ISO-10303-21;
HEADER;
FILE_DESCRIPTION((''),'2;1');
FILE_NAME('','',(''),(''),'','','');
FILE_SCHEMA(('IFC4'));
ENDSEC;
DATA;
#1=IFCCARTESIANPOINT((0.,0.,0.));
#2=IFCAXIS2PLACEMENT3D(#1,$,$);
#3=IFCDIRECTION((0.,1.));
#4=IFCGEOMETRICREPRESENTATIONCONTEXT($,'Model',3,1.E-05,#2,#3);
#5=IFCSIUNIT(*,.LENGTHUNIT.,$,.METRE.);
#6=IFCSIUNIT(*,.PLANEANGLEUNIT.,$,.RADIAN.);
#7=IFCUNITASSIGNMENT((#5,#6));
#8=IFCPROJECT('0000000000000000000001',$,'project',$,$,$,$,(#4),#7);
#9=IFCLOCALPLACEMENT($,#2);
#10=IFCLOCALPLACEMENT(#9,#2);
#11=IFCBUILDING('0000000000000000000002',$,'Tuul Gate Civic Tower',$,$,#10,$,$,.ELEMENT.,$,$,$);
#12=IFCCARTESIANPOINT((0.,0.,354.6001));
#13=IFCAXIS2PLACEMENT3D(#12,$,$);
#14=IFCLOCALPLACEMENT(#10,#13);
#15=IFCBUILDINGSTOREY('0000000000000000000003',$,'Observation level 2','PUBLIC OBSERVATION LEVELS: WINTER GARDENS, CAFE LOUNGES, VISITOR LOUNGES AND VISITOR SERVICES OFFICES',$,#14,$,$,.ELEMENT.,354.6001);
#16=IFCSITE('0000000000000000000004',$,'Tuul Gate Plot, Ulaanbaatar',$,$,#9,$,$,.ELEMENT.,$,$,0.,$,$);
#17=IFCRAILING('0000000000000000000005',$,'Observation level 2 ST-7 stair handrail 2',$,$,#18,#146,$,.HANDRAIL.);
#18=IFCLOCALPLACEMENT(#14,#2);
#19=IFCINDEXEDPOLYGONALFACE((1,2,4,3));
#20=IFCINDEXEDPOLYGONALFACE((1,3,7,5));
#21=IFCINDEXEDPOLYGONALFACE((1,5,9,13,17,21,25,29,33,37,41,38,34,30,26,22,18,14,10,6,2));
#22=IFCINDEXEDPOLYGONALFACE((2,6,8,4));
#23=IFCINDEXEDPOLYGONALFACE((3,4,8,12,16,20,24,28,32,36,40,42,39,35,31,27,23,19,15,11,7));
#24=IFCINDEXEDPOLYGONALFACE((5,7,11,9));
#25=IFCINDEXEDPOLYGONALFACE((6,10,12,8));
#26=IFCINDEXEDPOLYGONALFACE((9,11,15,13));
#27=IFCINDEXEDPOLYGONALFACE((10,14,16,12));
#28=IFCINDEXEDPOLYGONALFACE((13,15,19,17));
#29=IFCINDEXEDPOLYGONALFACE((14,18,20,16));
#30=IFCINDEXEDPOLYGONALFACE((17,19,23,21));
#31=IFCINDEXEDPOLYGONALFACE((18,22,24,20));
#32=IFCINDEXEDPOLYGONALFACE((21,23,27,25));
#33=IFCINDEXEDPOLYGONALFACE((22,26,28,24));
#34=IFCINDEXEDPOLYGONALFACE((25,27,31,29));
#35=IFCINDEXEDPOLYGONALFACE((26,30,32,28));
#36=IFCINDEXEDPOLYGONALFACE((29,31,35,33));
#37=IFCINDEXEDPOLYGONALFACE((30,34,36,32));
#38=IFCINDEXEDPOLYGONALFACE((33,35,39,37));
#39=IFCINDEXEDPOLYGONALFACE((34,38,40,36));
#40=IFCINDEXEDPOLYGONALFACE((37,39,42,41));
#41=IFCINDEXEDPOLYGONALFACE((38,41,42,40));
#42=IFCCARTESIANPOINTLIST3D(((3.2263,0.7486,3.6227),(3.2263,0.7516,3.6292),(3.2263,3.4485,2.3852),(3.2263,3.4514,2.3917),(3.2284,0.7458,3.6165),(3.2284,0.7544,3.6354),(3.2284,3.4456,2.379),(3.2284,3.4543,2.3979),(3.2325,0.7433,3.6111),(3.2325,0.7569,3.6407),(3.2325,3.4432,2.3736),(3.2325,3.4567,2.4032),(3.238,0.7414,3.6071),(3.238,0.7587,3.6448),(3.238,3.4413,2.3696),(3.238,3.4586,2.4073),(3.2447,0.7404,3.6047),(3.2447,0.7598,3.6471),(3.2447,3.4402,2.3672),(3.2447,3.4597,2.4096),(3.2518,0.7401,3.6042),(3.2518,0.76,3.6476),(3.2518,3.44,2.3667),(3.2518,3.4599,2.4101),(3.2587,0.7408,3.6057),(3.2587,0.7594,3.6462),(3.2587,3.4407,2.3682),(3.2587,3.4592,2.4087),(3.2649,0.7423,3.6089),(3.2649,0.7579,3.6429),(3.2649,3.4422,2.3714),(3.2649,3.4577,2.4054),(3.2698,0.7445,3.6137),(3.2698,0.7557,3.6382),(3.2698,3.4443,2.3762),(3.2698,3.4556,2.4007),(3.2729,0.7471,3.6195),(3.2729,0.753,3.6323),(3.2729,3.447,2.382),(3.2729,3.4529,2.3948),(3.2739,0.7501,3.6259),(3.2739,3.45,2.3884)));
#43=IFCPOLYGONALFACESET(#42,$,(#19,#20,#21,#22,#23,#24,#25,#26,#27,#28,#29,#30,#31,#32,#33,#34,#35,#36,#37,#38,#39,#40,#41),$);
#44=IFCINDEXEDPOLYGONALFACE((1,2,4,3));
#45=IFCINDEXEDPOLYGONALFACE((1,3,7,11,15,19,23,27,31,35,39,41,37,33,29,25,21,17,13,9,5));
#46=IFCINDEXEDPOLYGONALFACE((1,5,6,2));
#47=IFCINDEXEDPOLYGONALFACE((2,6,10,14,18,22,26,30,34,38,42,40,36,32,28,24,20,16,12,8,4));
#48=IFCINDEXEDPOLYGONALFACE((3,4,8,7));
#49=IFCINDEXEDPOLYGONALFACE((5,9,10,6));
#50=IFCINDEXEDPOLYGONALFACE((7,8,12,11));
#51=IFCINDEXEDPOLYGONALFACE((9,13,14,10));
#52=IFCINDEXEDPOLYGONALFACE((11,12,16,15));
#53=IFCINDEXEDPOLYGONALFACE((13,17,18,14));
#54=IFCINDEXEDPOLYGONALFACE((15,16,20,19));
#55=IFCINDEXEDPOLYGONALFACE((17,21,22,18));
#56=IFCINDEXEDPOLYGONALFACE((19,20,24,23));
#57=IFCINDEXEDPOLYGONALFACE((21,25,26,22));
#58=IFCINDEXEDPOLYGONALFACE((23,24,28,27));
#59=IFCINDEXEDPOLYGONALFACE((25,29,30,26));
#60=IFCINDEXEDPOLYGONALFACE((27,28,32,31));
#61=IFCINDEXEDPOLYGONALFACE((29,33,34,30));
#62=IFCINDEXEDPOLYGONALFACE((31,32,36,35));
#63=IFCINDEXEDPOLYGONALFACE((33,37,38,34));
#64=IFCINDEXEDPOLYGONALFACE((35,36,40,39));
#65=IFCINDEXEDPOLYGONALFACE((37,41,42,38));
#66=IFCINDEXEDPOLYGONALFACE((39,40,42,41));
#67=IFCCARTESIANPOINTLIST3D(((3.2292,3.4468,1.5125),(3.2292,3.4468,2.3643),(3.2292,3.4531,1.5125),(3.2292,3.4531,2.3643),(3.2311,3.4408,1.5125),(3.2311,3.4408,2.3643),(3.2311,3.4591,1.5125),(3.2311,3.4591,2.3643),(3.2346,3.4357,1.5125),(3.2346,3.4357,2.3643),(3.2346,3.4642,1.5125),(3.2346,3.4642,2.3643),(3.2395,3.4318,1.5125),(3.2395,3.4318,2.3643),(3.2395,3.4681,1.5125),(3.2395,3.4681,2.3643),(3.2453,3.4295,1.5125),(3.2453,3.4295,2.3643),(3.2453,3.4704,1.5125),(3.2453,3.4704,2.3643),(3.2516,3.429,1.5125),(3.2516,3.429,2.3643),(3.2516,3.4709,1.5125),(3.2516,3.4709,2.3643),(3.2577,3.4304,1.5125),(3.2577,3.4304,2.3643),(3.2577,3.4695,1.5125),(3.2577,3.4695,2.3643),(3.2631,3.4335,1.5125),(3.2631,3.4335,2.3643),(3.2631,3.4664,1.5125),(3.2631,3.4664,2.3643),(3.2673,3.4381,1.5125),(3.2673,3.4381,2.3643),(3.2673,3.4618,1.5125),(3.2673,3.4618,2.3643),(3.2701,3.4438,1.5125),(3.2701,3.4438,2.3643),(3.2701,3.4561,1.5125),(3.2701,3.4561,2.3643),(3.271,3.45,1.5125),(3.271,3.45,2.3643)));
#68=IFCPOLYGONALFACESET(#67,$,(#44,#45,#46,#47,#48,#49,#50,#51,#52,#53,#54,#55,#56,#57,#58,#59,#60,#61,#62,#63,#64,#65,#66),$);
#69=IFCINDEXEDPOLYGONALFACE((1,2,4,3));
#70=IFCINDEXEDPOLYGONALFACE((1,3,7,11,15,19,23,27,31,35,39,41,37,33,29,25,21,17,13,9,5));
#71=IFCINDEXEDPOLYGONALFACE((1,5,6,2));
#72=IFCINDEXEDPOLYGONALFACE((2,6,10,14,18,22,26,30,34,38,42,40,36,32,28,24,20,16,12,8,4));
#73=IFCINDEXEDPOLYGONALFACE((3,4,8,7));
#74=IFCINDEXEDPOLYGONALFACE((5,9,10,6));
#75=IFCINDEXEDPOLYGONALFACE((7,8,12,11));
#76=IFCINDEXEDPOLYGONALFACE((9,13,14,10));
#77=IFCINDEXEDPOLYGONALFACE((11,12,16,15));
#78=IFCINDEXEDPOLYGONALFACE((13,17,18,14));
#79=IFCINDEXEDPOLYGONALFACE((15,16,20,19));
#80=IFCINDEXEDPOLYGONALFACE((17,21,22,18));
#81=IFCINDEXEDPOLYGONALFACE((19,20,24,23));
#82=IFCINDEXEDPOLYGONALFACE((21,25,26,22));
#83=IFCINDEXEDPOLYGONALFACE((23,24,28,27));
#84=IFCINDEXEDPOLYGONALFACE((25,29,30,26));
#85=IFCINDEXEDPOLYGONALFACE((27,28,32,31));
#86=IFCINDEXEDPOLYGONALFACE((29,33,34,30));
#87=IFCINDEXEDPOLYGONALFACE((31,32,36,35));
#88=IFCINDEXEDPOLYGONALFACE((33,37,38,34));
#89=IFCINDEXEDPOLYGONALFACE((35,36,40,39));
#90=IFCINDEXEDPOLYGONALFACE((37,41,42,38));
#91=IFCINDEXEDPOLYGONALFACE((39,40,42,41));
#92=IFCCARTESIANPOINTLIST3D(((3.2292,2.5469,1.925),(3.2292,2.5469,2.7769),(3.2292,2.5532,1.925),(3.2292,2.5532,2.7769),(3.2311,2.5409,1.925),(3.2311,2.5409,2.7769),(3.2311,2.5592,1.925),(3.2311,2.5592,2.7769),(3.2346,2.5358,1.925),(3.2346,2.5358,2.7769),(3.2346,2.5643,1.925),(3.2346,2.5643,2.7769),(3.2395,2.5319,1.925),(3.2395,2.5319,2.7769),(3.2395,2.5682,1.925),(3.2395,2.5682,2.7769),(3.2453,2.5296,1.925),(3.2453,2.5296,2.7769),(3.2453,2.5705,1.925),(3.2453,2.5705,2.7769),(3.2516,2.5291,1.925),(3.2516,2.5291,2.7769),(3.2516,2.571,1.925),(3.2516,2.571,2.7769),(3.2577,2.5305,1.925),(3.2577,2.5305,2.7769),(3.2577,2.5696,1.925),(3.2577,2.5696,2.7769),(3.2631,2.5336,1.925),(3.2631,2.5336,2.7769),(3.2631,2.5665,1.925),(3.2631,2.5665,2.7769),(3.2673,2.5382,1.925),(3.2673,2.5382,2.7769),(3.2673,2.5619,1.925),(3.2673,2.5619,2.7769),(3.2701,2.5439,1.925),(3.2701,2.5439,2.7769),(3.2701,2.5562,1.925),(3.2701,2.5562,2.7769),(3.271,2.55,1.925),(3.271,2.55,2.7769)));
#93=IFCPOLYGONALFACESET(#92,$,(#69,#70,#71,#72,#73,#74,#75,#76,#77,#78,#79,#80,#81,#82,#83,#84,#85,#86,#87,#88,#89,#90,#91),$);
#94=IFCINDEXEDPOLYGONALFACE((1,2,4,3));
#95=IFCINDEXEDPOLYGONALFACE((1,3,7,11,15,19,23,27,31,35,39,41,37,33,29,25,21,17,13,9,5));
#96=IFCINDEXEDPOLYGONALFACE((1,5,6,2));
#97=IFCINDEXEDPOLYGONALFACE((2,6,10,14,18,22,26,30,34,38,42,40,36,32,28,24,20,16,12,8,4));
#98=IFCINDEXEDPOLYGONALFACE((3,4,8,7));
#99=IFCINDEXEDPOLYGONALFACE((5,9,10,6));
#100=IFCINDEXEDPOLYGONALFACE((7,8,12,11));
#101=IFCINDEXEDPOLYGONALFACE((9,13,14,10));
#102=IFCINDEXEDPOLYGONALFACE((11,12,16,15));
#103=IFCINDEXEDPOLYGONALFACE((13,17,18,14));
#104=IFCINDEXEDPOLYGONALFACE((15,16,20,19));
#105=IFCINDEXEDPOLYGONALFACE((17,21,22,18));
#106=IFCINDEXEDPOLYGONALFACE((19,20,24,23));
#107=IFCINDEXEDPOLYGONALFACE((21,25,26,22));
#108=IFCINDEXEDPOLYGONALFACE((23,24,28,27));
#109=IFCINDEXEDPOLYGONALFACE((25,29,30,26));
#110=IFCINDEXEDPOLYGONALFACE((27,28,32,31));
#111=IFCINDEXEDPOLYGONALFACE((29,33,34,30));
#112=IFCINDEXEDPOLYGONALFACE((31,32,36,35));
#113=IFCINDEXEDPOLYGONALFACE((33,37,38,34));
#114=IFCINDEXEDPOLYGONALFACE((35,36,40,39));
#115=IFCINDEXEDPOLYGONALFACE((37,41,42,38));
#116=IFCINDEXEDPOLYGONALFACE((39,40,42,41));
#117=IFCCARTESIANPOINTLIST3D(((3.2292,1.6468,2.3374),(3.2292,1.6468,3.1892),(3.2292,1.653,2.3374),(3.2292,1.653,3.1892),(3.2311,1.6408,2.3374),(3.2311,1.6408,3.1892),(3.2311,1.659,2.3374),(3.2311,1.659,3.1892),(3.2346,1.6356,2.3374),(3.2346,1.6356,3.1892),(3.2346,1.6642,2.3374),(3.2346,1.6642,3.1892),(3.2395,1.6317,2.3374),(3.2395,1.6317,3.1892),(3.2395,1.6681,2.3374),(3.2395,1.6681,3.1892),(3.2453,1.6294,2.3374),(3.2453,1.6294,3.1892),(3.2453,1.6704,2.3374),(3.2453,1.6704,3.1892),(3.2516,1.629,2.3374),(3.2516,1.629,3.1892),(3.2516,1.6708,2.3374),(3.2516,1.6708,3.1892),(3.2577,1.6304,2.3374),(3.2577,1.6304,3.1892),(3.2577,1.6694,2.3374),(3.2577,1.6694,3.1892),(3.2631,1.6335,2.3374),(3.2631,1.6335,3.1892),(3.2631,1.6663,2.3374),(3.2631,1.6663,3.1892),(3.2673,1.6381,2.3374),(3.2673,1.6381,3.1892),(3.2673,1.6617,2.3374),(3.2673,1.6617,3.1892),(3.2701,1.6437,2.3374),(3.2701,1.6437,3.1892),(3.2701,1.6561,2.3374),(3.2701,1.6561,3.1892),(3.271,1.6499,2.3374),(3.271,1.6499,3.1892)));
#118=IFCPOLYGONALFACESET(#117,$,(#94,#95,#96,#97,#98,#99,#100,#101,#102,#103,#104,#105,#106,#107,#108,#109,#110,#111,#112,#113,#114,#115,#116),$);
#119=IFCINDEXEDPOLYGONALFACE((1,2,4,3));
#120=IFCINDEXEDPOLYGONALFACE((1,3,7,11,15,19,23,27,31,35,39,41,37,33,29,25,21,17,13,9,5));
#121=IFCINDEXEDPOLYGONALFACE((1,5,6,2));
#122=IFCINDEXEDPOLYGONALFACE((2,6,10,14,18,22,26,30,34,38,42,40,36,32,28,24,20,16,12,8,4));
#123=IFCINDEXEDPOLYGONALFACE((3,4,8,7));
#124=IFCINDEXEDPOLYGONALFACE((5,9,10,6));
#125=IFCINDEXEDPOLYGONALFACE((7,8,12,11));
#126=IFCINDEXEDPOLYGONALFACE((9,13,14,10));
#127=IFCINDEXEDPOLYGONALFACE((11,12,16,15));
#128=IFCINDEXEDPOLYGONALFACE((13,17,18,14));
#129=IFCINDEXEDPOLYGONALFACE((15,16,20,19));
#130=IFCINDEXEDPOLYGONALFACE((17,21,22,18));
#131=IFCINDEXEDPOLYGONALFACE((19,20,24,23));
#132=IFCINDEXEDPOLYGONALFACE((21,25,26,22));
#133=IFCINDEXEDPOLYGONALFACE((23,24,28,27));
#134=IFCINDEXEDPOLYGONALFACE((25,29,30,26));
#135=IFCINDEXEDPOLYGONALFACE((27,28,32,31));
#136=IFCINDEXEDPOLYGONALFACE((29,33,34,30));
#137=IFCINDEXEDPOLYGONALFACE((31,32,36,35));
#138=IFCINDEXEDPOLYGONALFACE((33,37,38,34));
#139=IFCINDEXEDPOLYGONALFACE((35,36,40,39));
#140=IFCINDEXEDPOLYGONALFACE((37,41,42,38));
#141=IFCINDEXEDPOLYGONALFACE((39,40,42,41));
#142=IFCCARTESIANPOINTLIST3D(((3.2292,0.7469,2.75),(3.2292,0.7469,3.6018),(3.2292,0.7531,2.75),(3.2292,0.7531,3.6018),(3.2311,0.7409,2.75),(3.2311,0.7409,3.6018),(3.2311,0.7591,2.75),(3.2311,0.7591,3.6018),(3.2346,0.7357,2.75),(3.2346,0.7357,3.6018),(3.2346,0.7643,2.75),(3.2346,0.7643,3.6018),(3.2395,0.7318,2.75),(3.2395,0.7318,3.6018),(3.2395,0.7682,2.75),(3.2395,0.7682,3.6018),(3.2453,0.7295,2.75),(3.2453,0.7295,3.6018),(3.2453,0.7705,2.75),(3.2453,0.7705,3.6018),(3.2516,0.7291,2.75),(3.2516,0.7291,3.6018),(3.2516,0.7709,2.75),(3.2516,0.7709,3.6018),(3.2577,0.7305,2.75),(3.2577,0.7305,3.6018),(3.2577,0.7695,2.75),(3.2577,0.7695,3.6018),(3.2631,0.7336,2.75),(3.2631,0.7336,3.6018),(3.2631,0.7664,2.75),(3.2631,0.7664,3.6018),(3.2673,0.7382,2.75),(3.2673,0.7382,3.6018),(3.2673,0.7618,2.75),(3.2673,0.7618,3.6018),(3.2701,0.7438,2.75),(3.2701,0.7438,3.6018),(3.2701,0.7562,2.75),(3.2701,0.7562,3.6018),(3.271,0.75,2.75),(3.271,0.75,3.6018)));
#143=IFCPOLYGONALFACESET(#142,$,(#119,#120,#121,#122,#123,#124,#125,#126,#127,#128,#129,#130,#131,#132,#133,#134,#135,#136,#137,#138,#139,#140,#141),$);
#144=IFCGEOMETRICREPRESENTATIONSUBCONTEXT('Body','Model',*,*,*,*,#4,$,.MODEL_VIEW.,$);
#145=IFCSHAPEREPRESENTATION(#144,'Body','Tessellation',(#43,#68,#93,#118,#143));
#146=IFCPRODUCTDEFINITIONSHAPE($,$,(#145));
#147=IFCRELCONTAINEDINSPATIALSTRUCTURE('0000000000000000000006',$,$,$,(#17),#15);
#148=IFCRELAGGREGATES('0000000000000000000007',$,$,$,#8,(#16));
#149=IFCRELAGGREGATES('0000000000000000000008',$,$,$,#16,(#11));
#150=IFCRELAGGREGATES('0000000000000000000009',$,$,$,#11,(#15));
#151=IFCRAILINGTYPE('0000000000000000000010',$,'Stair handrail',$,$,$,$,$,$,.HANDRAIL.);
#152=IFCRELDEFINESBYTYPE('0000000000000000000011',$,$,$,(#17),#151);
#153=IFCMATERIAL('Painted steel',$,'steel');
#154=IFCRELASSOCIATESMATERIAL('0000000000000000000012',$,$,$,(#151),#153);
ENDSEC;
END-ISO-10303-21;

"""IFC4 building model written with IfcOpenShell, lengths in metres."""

from ifc_helpers import new_model, si_unit, direction, frame, origin, origin_2d, place, context, subcontext, project, spatial, circle, extrude, material, type_object, element, save


model = new_model("IFC4")

# Units and contexts
model_context = context("Model", 3, precision=1e-05, world=origin(), true_north=direction((0.0, 1.0)))
body_context = subcontext(model_context, "Body", "Model", "MODEL_VIEW")
ifc_project = project(units=[si_unit("LENGTHUNIT", "METRE"), si_unit("PLANEANGLEUNIT", "RADIAN")], contexts=[model_context])

# Site, building, storey
site_placement = place(None, origin())
site = spatial("IfcSite", under=ifc_project, at=site_placement, Name="Tuul Gate Plot, Ulaanbaatar", CompositionType="ELEMENT", RefElevation=0.0)
building_placement = place(site_placement, origin())
building = spatial("IfcBuilding", under=site, at=building_placement, Name="Tuul Gate Civic Tower", CompositionType="ELEMENT")
storey_placement = place(building_placement, frame((0.0, 0.0, 354.6001)))
storey = spatial("IfcBuildingStorey", under=building, at=storey_placement, Name="Observation level 2", Description="PUBLIC OBSERVATION LEVELS: WINTER GARDENS, CAFE LOUNGES, VISITOR LOUNGES AND VISITOR SERVICES OFFICES", CompositionType="ELEMENT", Elevation=354.6001)

# Railing
ifc_material_1 = material(Name="Painted steel", Category="steel")
railing_type_1 = type_object("IfcRailingType", Name="Stair handrail", PredefinedType="HANDRAIL", material=ifc_material_1)
railing_1_placement = place(storey_placement, frame((3.25, 3.45, 1.5125)))
element("IfcRailing", 1, at=railing_1_placement, inside=storey, type_object=railing_type_1, Name="Observation level 2 ST-7 stair handrail 2", PredefinedType="HANDRAIL", context=body_context, shape_type="SweptSolid", body=[
    extrude(circle(Radius=0.0239, at=origin_2d()), frame((0.0, 0.0, 0.876), z_axis=(0.0, -0.909056, 0.416675), x_axis=(1.0, 0.0, 0.0)), (0.0, 0.0, 1.0), 2.97),
    extrude(circle(Radius=0.021, at=origin_2d()), origin(), (0.0, 0.0, 1.0), 0.8518),
    extrude(circle(Radius=0.021, at=origin_2d()), frame((0.0, -0.8999, 0.4126)), (0.0, 0.0, 1.0), 0.8518),
    extrude(circle(Radius=0.021, at=origin_2d()), frame((0.0, -1.8, 0.825)), (0.0, 0.0, 1.0), 0.8518),
    extrude(circle(Radius=0.021, at=origin_2d()), frame((0.0, -2.7, 1.2375)), (0.0, 0.0, 1.0), 0.8518),
])

save(model, "model.ifc")
